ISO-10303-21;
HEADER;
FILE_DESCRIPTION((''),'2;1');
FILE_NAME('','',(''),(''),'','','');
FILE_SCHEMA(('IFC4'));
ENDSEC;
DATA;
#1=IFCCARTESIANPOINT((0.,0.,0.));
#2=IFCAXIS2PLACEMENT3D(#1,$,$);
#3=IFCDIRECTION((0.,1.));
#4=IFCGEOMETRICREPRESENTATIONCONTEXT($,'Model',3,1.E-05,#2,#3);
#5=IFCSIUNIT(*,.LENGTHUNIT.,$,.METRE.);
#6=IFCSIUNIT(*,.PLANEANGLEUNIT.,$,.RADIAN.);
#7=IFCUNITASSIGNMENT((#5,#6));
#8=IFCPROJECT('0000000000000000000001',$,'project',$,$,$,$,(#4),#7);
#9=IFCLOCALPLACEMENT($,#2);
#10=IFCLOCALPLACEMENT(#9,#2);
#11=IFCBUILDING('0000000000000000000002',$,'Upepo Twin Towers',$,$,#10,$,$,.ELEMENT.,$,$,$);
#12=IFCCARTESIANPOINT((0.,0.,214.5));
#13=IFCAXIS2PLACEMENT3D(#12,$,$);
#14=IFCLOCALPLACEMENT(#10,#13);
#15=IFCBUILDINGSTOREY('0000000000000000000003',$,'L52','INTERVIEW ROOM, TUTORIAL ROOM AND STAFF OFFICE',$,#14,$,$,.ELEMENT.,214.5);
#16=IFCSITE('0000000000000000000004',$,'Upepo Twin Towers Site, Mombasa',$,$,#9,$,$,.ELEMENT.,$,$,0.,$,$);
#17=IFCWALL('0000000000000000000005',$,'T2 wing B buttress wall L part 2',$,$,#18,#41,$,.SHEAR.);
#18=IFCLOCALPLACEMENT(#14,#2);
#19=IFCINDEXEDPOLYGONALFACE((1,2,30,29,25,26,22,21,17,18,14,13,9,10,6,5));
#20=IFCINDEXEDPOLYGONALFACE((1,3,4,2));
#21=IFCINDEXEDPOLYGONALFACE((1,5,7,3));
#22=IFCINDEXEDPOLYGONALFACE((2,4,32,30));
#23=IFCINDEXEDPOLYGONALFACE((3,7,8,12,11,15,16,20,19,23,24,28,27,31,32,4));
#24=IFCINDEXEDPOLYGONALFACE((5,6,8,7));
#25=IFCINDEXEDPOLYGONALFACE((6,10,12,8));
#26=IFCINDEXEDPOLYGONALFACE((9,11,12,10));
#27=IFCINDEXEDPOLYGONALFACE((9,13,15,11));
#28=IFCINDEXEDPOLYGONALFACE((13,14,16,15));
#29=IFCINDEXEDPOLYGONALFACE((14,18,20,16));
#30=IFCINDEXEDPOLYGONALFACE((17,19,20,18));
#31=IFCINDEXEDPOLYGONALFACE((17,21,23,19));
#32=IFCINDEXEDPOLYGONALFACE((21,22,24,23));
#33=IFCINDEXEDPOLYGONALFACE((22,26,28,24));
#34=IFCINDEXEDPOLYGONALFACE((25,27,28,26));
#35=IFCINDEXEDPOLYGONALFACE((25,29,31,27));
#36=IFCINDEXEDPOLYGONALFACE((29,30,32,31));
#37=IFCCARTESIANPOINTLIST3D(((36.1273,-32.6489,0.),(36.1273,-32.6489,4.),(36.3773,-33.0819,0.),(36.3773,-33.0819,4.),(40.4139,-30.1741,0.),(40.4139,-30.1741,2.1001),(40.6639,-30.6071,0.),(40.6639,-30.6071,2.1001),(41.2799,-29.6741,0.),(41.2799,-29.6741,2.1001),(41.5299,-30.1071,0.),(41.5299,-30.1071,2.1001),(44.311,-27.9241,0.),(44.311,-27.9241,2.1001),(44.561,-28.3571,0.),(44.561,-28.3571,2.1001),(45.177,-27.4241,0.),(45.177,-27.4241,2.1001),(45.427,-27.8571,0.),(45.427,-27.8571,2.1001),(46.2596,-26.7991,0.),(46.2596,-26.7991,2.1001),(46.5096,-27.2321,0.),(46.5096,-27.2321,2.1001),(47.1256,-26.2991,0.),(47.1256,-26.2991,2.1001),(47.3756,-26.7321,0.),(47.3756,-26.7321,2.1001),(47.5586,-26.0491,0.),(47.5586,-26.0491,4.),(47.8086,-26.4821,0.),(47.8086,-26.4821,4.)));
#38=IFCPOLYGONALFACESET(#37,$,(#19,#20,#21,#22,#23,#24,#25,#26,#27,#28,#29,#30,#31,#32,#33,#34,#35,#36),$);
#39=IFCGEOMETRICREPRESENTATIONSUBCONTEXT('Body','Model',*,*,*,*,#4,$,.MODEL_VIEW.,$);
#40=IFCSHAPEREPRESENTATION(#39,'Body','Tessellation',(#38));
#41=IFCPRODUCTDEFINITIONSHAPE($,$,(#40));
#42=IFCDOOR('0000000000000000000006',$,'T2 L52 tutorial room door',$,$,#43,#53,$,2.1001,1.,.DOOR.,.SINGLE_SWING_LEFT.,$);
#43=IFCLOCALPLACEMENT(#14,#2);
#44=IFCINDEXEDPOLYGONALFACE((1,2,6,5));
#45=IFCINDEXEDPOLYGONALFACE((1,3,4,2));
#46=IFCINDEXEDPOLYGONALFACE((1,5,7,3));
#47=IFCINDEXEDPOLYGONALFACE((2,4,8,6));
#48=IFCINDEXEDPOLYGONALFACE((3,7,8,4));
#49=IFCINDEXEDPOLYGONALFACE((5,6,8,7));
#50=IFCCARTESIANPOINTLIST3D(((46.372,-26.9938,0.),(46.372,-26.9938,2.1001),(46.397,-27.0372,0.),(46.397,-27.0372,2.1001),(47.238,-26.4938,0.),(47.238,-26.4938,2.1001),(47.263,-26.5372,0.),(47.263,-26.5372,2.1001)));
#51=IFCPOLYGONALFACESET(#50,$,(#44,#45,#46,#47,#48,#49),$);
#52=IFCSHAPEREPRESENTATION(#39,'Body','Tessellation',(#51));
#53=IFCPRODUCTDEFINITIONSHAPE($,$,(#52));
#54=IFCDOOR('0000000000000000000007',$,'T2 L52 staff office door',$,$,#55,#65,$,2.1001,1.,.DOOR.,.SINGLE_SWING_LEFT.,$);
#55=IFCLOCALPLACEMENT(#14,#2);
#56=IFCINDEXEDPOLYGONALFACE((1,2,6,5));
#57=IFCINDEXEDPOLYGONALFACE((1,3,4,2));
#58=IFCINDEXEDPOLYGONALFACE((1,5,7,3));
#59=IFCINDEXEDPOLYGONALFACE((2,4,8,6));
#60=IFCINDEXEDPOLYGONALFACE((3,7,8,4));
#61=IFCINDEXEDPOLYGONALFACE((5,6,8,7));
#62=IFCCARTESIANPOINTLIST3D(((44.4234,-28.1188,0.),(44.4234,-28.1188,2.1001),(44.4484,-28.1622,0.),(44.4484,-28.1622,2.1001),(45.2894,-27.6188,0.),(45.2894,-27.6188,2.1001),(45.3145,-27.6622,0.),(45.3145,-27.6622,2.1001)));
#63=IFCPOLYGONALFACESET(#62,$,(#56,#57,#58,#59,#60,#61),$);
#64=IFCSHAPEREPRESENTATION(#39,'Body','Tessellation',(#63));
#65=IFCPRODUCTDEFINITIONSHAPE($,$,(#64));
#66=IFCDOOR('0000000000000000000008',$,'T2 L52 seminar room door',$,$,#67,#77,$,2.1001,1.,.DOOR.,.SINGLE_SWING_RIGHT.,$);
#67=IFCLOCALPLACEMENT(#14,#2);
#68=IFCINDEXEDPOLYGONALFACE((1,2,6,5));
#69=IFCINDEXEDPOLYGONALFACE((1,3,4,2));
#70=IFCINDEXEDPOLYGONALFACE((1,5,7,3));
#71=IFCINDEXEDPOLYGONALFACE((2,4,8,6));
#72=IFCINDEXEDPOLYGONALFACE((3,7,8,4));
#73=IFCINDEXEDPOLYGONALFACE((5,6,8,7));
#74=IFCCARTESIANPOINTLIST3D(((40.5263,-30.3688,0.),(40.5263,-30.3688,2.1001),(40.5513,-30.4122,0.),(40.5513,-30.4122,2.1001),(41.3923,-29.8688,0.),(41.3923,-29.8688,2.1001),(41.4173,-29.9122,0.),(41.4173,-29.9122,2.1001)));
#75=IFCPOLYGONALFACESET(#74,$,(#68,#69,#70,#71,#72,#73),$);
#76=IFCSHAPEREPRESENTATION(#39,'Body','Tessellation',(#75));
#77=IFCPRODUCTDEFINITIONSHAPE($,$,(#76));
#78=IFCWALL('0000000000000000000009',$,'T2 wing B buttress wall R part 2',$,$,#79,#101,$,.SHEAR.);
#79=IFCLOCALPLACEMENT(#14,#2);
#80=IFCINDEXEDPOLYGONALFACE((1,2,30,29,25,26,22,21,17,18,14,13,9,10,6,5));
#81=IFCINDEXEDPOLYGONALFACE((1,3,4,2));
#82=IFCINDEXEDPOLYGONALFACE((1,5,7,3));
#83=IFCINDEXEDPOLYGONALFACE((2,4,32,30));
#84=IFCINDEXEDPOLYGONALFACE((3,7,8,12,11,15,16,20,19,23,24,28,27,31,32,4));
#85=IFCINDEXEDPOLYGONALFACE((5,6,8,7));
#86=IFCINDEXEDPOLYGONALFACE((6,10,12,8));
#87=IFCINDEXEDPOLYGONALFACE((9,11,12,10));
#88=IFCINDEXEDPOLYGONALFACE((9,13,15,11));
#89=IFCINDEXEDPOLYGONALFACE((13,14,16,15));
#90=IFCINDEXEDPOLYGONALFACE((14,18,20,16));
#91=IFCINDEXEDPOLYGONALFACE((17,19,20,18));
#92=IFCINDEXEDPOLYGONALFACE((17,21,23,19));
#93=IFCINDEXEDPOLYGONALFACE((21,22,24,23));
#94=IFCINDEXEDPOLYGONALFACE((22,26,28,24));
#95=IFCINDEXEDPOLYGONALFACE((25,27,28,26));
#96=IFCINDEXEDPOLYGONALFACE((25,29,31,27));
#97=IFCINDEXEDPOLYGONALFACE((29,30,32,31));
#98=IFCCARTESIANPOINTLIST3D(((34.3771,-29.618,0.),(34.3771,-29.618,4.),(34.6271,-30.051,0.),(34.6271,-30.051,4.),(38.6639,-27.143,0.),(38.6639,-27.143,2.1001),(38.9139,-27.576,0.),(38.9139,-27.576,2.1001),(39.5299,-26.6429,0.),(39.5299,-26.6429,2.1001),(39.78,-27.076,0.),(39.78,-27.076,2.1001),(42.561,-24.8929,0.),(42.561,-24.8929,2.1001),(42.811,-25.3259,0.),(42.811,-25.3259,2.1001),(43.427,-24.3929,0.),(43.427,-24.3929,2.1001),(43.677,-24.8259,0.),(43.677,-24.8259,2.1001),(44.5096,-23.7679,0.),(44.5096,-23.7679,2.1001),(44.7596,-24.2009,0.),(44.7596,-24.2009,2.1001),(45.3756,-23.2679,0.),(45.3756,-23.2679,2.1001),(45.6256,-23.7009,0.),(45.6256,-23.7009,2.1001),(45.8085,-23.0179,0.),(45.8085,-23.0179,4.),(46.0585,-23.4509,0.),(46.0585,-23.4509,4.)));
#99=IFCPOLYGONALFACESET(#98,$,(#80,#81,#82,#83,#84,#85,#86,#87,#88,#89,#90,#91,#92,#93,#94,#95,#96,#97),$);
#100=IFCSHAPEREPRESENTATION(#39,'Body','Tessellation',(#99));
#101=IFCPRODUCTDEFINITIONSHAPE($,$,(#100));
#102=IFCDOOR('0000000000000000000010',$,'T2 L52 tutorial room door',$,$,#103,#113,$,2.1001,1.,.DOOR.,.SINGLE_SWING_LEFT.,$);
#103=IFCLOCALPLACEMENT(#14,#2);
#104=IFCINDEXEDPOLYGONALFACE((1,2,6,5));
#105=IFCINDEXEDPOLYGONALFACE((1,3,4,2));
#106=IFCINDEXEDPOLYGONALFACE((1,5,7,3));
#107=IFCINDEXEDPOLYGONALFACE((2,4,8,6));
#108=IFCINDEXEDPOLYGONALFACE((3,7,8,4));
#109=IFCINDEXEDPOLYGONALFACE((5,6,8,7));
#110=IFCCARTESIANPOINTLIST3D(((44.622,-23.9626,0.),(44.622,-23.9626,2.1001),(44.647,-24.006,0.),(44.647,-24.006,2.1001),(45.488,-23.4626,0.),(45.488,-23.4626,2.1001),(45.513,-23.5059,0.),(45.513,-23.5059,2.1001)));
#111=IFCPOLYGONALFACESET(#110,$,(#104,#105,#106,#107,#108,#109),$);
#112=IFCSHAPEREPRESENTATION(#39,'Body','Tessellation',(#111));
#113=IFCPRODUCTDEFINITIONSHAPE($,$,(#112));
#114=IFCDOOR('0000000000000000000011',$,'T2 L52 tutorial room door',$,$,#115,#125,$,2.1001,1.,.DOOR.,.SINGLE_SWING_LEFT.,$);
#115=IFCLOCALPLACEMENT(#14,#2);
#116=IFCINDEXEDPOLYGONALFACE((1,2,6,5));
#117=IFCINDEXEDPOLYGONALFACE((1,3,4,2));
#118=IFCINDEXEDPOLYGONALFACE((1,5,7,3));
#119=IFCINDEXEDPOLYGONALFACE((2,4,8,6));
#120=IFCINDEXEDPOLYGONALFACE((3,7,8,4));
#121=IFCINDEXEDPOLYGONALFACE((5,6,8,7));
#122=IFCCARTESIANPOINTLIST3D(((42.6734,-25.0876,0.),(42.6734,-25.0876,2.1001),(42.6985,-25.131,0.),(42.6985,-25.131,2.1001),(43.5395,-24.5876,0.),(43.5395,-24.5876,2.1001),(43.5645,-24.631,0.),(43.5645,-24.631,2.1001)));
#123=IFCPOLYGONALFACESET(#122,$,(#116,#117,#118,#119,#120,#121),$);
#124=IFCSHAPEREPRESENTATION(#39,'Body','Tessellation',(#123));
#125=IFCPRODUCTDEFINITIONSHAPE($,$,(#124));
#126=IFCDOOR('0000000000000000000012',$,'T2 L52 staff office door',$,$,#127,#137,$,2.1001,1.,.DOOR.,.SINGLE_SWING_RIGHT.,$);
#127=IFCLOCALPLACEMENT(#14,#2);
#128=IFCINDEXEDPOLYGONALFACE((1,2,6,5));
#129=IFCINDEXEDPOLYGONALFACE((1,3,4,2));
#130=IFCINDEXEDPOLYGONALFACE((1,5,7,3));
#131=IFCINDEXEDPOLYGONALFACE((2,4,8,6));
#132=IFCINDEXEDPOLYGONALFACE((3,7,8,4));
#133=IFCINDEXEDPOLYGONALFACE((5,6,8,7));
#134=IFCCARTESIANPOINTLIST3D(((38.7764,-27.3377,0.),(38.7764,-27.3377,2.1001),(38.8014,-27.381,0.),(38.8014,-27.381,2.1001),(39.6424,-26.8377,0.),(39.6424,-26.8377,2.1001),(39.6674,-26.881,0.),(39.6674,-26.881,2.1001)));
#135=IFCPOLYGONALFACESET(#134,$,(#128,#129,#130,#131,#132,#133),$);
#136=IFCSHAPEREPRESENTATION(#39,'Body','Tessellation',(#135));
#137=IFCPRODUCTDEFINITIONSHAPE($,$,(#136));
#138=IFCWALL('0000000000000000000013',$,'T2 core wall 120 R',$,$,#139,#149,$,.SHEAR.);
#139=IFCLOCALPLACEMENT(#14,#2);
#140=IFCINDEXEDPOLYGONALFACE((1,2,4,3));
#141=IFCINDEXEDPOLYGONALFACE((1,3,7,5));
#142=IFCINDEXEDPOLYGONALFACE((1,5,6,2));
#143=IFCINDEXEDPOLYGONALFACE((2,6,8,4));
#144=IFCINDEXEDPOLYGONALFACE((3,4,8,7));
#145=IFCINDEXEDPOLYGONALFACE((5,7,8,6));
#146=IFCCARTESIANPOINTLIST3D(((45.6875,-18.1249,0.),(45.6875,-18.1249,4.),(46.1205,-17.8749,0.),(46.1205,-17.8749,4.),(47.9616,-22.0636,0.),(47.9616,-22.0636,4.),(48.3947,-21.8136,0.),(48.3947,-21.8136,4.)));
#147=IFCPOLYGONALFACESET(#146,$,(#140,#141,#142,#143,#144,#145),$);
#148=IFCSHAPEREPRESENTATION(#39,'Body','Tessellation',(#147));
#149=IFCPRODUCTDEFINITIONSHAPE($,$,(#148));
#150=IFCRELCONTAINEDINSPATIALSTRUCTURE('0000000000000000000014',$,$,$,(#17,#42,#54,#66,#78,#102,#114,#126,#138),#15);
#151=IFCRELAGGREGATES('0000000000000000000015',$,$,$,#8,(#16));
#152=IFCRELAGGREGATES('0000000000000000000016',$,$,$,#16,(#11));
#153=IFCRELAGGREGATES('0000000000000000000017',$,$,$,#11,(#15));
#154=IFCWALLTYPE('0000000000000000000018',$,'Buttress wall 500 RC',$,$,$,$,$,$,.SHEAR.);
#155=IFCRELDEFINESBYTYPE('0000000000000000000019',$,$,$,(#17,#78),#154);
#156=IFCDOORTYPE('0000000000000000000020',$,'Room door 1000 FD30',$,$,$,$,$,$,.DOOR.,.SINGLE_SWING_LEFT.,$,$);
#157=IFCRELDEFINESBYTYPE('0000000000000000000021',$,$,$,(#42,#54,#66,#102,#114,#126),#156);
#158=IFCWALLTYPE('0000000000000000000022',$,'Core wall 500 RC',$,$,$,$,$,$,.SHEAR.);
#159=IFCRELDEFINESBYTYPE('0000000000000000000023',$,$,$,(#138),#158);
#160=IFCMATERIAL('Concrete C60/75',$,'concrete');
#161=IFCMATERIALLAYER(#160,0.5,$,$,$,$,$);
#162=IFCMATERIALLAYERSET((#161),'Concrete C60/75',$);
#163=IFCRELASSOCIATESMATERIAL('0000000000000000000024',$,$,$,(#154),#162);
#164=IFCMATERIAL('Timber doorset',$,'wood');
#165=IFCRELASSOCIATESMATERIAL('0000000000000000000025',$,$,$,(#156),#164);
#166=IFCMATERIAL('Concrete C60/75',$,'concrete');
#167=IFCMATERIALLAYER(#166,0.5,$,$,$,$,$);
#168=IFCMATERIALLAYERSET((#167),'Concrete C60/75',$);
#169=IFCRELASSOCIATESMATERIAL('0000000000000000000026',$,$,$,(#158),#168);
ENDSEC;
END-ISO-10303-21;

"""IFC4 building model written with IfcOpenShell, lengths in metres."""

from ifc_helpers import new_model, si_unit, direction, frame, frame_2d, origin, place, context, subcontext, project, spatial, rectangle, extrude, material, layer, layer_set, type_object, element, fill, save


model = new_model("IFC4")

# Units and contexts
model_context = context("Model", 3, precision=1e-05, world=origin(), true_north=direction((0.0, 1.0)))
body_context = subcontext(model_context, "Body", "Model", "MODEL_VIEW")
ifc_project = project(units=[si_unit("LENGTHUNIT", "METRE"), si_unit("PLANEANGLEUNIT", "RADIAN")], contexts=[model_context])

# Site, building, storey
site_placement = place(None, origin())
site = spatial("IfcSite", under=ifc_project, at=site_placement, Name="Upepo Twin Towers Site, Mombasa", CompositionType="ELEMENT", RefElevation=0.0)
building_placement = place(site_placement, origin())
building = spatial("IfcBuilding", under=site, at=building_placement, Name="Upepo Twin Towers", CompositionType="ELEMENT")
storey_placement = place(building_placement, frame((0.0, 0.0, 214.5)))
storey = spatial("IfcBuildingStorey", under=building, at=storey_placement, Name="L52", Description="INTERVIEW ROOM, TUTORIAL ROOM AND STAFF OFFICE", CompositionType="ELEMENT", Elevation=214.5)

# Walls, openings, doors
ifc_material_1 = material(Name="Concrete C60/75", Category="concrete")
ifc_layer_1 = layer(ifc_material_1, 0.5)
ifc_layer_set_1 = layer_set([ifc_layer_1], Name="Concrete C60/75")
wall_type_1 = type_object("IfcWallType", Name="Buttress wall 500 RC", PredefinedType="SHEAR", material=ifc_layer_set_1)
wall_1_placement = place(storey_placement, frame((47.6836, -26.2656, 0.0), z_axis=(0.0, 0.0, 1.0), x_axis=(-0.866028, -0.499996, 0.0)))
wall_1 = element("IfcWall", 1, at=wall_1_placement, inside=storey, type_object=wall_type_1, Name="T2 wing B buttress wall L part 2", PredefinedType="SHEAR", context=body_context, shape_type="SweptSolid", body=[
    extrude(rectangle(XDim=13.1997, YDim=0.5, at=frame_2d((6.5999, 0.0))), origin(), (0.0, 0.0, 1.0), 4.0),
])
opening_1_placement = place(wall_1_placement, frame((0.5, 0.0, 0.0)))
opening_1 = element("IfcOpeningElement", 2, at=opening_1_placement, cuts=wall_1, PredefinedType="OPENING", context=body_context, shape_type="SweptSolid", body=[
    extrude(rectangle(XDim=1.0, YDim=2.1001, at=frame_2d((0.5, 1.05))), frame((0.0, 0.26, 0.0), z_axis=(0.0, -1.0, 0.0), x_axis=(1.0, 0.0, 0.0)), (0.0, 0.0, 1.0), 0.52),
])
opening_2_placement = place(wall_1_placement, frame((2.75, 0.0, 0.0)))
opening_2 = element("IfcOpeningElement", 3, at=opening_2_placement, cuts=wall_1, PredefinedType="OPENING", context=body_context, shape_type="SweptSolid", body=[
    extrude(rectangle(XDim=1.0, YDim=2.1001, at=frame_2d((0.5, 1.05))), frame((0.0, 0.26, 0.0), z_axis=(0.0, -1.0, 0.0), x_axis=(1.0, 0.0, 0.0)), (0.0, 0.0, 1.0), 0.52),
])
opening_3_placement = place(wall_1_placement, frame((7.25, 0.0, 0.0)))
opening_3 = element("IfcOpeningElement", 4, at=opening_3_placement, cuts=wall_1, PredefinedType="OPENING", context=body_context, shape_type="SweptSolid", body=[
    extrude(rectangle(XDim=1.0, YDim=2.1001, at=frame_2d((0.5, 1.05))), frame((0.0, 0.26, 0.0), z_axis=(0.0, -1.0, 0.0), x_axis=(1.0, 0.0, 0.0)), (0.0, 0.0, 1.0), 0.52),
])
ifc_material_2 = material(Name="Timber doorset", Category="wood")
door_type_1 = type_object("IfcDoorType", Name="Room door 1000 FD30", OperationType="SINGLE_SWING_LEFT", PredefinedType="DOOR", material=ifc_material_2)
door_1_placement = place(opening_1_placement, origin())
door_1 = element("IfcDoor", 5, at=door_1_placement, inside=storey, type_object=door_type_1, Name="T2 L52 tutorial room door", OperationType="SINGLE_SWING_LEFT", OverallHeight=2.1001, OverallWidth=1.0, PredefinedType="DOOR", context=body_context, shape_type="SweptSolid", body=[
    extrude(rectangle(XDim=1.0, YDim=2.1001, at=frame_2d((0.5, 1.05))), frame((0.0, 0.0249, 0.0), z_axis=(0.0, -1.0, 0.0), x_axis=(1.0, 0.0, 0.0)), (0.0, 0.0, 1.0), 0.05),
])
fill(opening_1, door_1)
door_2_placement = place(opening_2_placement, origin())
door_2 = element("IfcDoor", 6, at=door_2_placement, inside=storey, type_object=door_type_1, Name="T2 L52 staff office door", OperationType="SINGLE_SWING_LEFT", OverallHeight=2.1001, OverallWidth=1.0, PredefinedType="DOOR", context=body_context, shape_type="SweptSolid", body=[
    extrude(rectangle(XDim=1.0, YDim=2.1001, at=frame_2d((0.5, 1.05))), frame((0.0, 0.0249, 0.0), z_axis=(0.0, -1.0, 0.0), x_axis=(1.0, 0.0, 0.0)), (0.0, 0.0, 1.0), 0.05),
])
fill(opening_2, door_2)
door_3_placement = place(opening_3_placement, origin())
door_3 = element("IfcDoor", 7, at=door_3_placement, inside=storey, type_object=door_type_1, Name="T2 L52 seminar room door", OperationType="SINGLE_SWING_RIGHT", OverallHeight=2.1001, OverallWidth=1.0, PredefinedType="DOOR", context=body_context, shape_type="SweptSolid", body=[
    extrude(rectangle(XDim=1.0, YDim=2.1001, at=frame_2d((0.5, 1.05))), frame((0.0, 0.0249, 0.0), z_axis=(0.0, -1.0, 0.0), x_axis=(1.0, 0.0, 0.0)), (0.0, 0.0, 1.0), 0.05),
])
fill(opening_3, door_3)
wall_2_placement = place(storey_placement, frame((45.9336, -23.2344, 0.0), z_axis=(0.0, 0.0, 1.0), x_axis=(-0.86602, -0.50001, 0.0)))
wall_2 = element("IfcWall", 8, at=wall_2_placement, inside=storey, type_object=wall_type_1, Name="T2 wing B buttress wall R part 2", PredefinedType="SHEAR", context=body_context, shape_type="SweptSolid", body=[
    extrude(rectangle(XDim=13.2, YDim=0.5, at=frame_2d((6.6001, 0.0))), origin(), (0.0, 0.0, 1.0), 4.0),
])
opening_4_placement = place(wall_2_placement, frame((0.5, 0.0, 0.0)))
opening_4 = element("IfcOpeningElement", 9, at=opening_4_placement, cuts=wall_2, PredefinedType="OPENING", context=body_context, shape_type="SweptSolid", body=[
    extrude(rectangle(XDim=1.0, YDim=2.1001, at=frame_2d((0.5, 1.05))), frame((0.0, 0.26, 0.0), z_axis=(0.0, -1.0, 0.0), x_axis=(1.0, 0.0, 0.0)), (0.0, 0.0, 1.0), 0.52),
])
opening_5_placement = place(wall_2_placement, frame((2.75, 0.0, 0.0)))
opening_5 = element("IfcOpeningElement", 10, at=opening_5_placement, cuts=wall_2, PredefinedType="OPENING", context=body_context, shape_type="SweptSolid", body=[
    extrude(rectangle(XDim=1.0, YDim=2.1001, at=frame_2d((0.5, 1.05))), frame((0.0, 0.26, 0.0), z_axis=(0.0, -1.0, 0.0), x_axis=(1.0, 0.0, 0.0)), (0.0, 0.0, 1.0), 0.52),
])
opening_6_placement = place(wall_2_placement, frame((7.25, 0.0, 0.0)))
opening_6 = element("IfcOpeningElement", 11, at=opening_6_placement, cuts=wall_2, PredefinedType="OPENING", context=body_context, shape_type="SweptSolid", body=[
    extrude(rectangle(XDim=1.0, YDim=2.1001, at=frame_2d((0.5, 1.05))), frame((0.0, 0.26, 0.0), z_axis=(0.0, -1.0, 0.0), x_axis=(1.0, 0.0, 0.0)), (0.0, 0.0, 1.0), 0.52),
])
door_4_placement = place(opening_4_placement, origin())
door_4 = element("IfcDoor", 12, at=door_4_placement, inside=storey, type_object=door_type_1, Name="T2 L52 tutorial room door", OperationType="SINGLE_SWING_LEFT", OverallHeight=2.1001, OverallWidth=1.0, PredefinedType="DOOR", context=body_context, shape_type="SweptSolid", body=[
    extrude(rectangle(XDim=1.0, YDim=2.1001, at=frame_2d((0.5, 1.05))), frame((0.0, 0.0249, 0.0), z_axis=(0.0, -1.0, 0.0), x_axis=(1.0, 0.0, 0.0)), (0.0, 0.0, 1.0), 0.05),
])
fill(opening_4, door_4)
door_5_placement = place(opening_5_placement, origin())
door_5 = element("IfcDoor", 13, at=door_5_placement, inside=storey, type_object=door_type_1, Name="T2 L52 tutorial room door", OperationType="SINGLE_SWING_LEFT", OverallHeight=2.1001, OverallWidth=1.0, PredefinedType="DOOR", context=body_context, shape_type="SweptSolid", body=[
    extrude(rectangle(XDim=1.0, YDim=2.1001, at=frame_2d((0.5, 1.05))), frame((0.0, 0.0249, 0.0), z_axis=(0.0, -1.0, 0.0), x_axis=(1.0, 0.0, 0.0)), (0.0, 0.0, 1.0), 0.05),
])
fill(opening_5, door_5)
door_6_placement = place(opening_6_placement, origin())
door_6 = element("IfcDoor", 14, at=door_6_placement, inside=storey, type_object=door_type_1, Name="T2 L52 staff office door", OperationType="SINGLE_SWING_RIGHT", OverallHeight=2.1001, OverallWidth=1.0, PredefinedType="DOOR", context=body_context, shape_type="SweptSolid", body=[
    extrude(rectangle(XDim=1.0, YDim=2.1001, at=frame_2d((0.5, 1.05))), frame((0.0, 0.0249, 0.0), z_axis=(0.0, -1.0, 0.0), x_axis=(1.0, 0.0, 0.0)), (0.0, 0.0, 1.0), 0.05),
])
fill(opening_6, door_6)

# Wall
ifc_material_3 = material(Name="Concrete C60/75", Category="concrete")
ifc_layer_2 = layer(ifc_material_3, 0.5)
ifc_layer_set_2 = layer_set([ifc_layer_2], Name="Concrete C60/75")
wall_type_2 = type_object("IfcWallType", Name="Core wall 500 RC", PredefinedType="SHEAR", material=ifc_layer_set_2)
wall_3_placement = place(storey_placement, frame((45.9041, -18.0, 0.0), z_axis=(0.0, 0.0, 1.0), x_axis=(0.500024, -0.866011, 0.0)))
element("IfcWall", 15, at=wall_3_placement, inside=storey, type_object=wall_type_2, Name="T2 core wall 120 R", PredefinedType="SHEAR", context=body_context, shape_type="SweptSolid", body=[
    extrude(rectangle(XDim=4.5481, YDim=0.5, at=frame_2d((2.2739, 0.0))), origin(), (0.0, 0.0, 1.0), 4.0),
])

save(model, "model.ifc")
